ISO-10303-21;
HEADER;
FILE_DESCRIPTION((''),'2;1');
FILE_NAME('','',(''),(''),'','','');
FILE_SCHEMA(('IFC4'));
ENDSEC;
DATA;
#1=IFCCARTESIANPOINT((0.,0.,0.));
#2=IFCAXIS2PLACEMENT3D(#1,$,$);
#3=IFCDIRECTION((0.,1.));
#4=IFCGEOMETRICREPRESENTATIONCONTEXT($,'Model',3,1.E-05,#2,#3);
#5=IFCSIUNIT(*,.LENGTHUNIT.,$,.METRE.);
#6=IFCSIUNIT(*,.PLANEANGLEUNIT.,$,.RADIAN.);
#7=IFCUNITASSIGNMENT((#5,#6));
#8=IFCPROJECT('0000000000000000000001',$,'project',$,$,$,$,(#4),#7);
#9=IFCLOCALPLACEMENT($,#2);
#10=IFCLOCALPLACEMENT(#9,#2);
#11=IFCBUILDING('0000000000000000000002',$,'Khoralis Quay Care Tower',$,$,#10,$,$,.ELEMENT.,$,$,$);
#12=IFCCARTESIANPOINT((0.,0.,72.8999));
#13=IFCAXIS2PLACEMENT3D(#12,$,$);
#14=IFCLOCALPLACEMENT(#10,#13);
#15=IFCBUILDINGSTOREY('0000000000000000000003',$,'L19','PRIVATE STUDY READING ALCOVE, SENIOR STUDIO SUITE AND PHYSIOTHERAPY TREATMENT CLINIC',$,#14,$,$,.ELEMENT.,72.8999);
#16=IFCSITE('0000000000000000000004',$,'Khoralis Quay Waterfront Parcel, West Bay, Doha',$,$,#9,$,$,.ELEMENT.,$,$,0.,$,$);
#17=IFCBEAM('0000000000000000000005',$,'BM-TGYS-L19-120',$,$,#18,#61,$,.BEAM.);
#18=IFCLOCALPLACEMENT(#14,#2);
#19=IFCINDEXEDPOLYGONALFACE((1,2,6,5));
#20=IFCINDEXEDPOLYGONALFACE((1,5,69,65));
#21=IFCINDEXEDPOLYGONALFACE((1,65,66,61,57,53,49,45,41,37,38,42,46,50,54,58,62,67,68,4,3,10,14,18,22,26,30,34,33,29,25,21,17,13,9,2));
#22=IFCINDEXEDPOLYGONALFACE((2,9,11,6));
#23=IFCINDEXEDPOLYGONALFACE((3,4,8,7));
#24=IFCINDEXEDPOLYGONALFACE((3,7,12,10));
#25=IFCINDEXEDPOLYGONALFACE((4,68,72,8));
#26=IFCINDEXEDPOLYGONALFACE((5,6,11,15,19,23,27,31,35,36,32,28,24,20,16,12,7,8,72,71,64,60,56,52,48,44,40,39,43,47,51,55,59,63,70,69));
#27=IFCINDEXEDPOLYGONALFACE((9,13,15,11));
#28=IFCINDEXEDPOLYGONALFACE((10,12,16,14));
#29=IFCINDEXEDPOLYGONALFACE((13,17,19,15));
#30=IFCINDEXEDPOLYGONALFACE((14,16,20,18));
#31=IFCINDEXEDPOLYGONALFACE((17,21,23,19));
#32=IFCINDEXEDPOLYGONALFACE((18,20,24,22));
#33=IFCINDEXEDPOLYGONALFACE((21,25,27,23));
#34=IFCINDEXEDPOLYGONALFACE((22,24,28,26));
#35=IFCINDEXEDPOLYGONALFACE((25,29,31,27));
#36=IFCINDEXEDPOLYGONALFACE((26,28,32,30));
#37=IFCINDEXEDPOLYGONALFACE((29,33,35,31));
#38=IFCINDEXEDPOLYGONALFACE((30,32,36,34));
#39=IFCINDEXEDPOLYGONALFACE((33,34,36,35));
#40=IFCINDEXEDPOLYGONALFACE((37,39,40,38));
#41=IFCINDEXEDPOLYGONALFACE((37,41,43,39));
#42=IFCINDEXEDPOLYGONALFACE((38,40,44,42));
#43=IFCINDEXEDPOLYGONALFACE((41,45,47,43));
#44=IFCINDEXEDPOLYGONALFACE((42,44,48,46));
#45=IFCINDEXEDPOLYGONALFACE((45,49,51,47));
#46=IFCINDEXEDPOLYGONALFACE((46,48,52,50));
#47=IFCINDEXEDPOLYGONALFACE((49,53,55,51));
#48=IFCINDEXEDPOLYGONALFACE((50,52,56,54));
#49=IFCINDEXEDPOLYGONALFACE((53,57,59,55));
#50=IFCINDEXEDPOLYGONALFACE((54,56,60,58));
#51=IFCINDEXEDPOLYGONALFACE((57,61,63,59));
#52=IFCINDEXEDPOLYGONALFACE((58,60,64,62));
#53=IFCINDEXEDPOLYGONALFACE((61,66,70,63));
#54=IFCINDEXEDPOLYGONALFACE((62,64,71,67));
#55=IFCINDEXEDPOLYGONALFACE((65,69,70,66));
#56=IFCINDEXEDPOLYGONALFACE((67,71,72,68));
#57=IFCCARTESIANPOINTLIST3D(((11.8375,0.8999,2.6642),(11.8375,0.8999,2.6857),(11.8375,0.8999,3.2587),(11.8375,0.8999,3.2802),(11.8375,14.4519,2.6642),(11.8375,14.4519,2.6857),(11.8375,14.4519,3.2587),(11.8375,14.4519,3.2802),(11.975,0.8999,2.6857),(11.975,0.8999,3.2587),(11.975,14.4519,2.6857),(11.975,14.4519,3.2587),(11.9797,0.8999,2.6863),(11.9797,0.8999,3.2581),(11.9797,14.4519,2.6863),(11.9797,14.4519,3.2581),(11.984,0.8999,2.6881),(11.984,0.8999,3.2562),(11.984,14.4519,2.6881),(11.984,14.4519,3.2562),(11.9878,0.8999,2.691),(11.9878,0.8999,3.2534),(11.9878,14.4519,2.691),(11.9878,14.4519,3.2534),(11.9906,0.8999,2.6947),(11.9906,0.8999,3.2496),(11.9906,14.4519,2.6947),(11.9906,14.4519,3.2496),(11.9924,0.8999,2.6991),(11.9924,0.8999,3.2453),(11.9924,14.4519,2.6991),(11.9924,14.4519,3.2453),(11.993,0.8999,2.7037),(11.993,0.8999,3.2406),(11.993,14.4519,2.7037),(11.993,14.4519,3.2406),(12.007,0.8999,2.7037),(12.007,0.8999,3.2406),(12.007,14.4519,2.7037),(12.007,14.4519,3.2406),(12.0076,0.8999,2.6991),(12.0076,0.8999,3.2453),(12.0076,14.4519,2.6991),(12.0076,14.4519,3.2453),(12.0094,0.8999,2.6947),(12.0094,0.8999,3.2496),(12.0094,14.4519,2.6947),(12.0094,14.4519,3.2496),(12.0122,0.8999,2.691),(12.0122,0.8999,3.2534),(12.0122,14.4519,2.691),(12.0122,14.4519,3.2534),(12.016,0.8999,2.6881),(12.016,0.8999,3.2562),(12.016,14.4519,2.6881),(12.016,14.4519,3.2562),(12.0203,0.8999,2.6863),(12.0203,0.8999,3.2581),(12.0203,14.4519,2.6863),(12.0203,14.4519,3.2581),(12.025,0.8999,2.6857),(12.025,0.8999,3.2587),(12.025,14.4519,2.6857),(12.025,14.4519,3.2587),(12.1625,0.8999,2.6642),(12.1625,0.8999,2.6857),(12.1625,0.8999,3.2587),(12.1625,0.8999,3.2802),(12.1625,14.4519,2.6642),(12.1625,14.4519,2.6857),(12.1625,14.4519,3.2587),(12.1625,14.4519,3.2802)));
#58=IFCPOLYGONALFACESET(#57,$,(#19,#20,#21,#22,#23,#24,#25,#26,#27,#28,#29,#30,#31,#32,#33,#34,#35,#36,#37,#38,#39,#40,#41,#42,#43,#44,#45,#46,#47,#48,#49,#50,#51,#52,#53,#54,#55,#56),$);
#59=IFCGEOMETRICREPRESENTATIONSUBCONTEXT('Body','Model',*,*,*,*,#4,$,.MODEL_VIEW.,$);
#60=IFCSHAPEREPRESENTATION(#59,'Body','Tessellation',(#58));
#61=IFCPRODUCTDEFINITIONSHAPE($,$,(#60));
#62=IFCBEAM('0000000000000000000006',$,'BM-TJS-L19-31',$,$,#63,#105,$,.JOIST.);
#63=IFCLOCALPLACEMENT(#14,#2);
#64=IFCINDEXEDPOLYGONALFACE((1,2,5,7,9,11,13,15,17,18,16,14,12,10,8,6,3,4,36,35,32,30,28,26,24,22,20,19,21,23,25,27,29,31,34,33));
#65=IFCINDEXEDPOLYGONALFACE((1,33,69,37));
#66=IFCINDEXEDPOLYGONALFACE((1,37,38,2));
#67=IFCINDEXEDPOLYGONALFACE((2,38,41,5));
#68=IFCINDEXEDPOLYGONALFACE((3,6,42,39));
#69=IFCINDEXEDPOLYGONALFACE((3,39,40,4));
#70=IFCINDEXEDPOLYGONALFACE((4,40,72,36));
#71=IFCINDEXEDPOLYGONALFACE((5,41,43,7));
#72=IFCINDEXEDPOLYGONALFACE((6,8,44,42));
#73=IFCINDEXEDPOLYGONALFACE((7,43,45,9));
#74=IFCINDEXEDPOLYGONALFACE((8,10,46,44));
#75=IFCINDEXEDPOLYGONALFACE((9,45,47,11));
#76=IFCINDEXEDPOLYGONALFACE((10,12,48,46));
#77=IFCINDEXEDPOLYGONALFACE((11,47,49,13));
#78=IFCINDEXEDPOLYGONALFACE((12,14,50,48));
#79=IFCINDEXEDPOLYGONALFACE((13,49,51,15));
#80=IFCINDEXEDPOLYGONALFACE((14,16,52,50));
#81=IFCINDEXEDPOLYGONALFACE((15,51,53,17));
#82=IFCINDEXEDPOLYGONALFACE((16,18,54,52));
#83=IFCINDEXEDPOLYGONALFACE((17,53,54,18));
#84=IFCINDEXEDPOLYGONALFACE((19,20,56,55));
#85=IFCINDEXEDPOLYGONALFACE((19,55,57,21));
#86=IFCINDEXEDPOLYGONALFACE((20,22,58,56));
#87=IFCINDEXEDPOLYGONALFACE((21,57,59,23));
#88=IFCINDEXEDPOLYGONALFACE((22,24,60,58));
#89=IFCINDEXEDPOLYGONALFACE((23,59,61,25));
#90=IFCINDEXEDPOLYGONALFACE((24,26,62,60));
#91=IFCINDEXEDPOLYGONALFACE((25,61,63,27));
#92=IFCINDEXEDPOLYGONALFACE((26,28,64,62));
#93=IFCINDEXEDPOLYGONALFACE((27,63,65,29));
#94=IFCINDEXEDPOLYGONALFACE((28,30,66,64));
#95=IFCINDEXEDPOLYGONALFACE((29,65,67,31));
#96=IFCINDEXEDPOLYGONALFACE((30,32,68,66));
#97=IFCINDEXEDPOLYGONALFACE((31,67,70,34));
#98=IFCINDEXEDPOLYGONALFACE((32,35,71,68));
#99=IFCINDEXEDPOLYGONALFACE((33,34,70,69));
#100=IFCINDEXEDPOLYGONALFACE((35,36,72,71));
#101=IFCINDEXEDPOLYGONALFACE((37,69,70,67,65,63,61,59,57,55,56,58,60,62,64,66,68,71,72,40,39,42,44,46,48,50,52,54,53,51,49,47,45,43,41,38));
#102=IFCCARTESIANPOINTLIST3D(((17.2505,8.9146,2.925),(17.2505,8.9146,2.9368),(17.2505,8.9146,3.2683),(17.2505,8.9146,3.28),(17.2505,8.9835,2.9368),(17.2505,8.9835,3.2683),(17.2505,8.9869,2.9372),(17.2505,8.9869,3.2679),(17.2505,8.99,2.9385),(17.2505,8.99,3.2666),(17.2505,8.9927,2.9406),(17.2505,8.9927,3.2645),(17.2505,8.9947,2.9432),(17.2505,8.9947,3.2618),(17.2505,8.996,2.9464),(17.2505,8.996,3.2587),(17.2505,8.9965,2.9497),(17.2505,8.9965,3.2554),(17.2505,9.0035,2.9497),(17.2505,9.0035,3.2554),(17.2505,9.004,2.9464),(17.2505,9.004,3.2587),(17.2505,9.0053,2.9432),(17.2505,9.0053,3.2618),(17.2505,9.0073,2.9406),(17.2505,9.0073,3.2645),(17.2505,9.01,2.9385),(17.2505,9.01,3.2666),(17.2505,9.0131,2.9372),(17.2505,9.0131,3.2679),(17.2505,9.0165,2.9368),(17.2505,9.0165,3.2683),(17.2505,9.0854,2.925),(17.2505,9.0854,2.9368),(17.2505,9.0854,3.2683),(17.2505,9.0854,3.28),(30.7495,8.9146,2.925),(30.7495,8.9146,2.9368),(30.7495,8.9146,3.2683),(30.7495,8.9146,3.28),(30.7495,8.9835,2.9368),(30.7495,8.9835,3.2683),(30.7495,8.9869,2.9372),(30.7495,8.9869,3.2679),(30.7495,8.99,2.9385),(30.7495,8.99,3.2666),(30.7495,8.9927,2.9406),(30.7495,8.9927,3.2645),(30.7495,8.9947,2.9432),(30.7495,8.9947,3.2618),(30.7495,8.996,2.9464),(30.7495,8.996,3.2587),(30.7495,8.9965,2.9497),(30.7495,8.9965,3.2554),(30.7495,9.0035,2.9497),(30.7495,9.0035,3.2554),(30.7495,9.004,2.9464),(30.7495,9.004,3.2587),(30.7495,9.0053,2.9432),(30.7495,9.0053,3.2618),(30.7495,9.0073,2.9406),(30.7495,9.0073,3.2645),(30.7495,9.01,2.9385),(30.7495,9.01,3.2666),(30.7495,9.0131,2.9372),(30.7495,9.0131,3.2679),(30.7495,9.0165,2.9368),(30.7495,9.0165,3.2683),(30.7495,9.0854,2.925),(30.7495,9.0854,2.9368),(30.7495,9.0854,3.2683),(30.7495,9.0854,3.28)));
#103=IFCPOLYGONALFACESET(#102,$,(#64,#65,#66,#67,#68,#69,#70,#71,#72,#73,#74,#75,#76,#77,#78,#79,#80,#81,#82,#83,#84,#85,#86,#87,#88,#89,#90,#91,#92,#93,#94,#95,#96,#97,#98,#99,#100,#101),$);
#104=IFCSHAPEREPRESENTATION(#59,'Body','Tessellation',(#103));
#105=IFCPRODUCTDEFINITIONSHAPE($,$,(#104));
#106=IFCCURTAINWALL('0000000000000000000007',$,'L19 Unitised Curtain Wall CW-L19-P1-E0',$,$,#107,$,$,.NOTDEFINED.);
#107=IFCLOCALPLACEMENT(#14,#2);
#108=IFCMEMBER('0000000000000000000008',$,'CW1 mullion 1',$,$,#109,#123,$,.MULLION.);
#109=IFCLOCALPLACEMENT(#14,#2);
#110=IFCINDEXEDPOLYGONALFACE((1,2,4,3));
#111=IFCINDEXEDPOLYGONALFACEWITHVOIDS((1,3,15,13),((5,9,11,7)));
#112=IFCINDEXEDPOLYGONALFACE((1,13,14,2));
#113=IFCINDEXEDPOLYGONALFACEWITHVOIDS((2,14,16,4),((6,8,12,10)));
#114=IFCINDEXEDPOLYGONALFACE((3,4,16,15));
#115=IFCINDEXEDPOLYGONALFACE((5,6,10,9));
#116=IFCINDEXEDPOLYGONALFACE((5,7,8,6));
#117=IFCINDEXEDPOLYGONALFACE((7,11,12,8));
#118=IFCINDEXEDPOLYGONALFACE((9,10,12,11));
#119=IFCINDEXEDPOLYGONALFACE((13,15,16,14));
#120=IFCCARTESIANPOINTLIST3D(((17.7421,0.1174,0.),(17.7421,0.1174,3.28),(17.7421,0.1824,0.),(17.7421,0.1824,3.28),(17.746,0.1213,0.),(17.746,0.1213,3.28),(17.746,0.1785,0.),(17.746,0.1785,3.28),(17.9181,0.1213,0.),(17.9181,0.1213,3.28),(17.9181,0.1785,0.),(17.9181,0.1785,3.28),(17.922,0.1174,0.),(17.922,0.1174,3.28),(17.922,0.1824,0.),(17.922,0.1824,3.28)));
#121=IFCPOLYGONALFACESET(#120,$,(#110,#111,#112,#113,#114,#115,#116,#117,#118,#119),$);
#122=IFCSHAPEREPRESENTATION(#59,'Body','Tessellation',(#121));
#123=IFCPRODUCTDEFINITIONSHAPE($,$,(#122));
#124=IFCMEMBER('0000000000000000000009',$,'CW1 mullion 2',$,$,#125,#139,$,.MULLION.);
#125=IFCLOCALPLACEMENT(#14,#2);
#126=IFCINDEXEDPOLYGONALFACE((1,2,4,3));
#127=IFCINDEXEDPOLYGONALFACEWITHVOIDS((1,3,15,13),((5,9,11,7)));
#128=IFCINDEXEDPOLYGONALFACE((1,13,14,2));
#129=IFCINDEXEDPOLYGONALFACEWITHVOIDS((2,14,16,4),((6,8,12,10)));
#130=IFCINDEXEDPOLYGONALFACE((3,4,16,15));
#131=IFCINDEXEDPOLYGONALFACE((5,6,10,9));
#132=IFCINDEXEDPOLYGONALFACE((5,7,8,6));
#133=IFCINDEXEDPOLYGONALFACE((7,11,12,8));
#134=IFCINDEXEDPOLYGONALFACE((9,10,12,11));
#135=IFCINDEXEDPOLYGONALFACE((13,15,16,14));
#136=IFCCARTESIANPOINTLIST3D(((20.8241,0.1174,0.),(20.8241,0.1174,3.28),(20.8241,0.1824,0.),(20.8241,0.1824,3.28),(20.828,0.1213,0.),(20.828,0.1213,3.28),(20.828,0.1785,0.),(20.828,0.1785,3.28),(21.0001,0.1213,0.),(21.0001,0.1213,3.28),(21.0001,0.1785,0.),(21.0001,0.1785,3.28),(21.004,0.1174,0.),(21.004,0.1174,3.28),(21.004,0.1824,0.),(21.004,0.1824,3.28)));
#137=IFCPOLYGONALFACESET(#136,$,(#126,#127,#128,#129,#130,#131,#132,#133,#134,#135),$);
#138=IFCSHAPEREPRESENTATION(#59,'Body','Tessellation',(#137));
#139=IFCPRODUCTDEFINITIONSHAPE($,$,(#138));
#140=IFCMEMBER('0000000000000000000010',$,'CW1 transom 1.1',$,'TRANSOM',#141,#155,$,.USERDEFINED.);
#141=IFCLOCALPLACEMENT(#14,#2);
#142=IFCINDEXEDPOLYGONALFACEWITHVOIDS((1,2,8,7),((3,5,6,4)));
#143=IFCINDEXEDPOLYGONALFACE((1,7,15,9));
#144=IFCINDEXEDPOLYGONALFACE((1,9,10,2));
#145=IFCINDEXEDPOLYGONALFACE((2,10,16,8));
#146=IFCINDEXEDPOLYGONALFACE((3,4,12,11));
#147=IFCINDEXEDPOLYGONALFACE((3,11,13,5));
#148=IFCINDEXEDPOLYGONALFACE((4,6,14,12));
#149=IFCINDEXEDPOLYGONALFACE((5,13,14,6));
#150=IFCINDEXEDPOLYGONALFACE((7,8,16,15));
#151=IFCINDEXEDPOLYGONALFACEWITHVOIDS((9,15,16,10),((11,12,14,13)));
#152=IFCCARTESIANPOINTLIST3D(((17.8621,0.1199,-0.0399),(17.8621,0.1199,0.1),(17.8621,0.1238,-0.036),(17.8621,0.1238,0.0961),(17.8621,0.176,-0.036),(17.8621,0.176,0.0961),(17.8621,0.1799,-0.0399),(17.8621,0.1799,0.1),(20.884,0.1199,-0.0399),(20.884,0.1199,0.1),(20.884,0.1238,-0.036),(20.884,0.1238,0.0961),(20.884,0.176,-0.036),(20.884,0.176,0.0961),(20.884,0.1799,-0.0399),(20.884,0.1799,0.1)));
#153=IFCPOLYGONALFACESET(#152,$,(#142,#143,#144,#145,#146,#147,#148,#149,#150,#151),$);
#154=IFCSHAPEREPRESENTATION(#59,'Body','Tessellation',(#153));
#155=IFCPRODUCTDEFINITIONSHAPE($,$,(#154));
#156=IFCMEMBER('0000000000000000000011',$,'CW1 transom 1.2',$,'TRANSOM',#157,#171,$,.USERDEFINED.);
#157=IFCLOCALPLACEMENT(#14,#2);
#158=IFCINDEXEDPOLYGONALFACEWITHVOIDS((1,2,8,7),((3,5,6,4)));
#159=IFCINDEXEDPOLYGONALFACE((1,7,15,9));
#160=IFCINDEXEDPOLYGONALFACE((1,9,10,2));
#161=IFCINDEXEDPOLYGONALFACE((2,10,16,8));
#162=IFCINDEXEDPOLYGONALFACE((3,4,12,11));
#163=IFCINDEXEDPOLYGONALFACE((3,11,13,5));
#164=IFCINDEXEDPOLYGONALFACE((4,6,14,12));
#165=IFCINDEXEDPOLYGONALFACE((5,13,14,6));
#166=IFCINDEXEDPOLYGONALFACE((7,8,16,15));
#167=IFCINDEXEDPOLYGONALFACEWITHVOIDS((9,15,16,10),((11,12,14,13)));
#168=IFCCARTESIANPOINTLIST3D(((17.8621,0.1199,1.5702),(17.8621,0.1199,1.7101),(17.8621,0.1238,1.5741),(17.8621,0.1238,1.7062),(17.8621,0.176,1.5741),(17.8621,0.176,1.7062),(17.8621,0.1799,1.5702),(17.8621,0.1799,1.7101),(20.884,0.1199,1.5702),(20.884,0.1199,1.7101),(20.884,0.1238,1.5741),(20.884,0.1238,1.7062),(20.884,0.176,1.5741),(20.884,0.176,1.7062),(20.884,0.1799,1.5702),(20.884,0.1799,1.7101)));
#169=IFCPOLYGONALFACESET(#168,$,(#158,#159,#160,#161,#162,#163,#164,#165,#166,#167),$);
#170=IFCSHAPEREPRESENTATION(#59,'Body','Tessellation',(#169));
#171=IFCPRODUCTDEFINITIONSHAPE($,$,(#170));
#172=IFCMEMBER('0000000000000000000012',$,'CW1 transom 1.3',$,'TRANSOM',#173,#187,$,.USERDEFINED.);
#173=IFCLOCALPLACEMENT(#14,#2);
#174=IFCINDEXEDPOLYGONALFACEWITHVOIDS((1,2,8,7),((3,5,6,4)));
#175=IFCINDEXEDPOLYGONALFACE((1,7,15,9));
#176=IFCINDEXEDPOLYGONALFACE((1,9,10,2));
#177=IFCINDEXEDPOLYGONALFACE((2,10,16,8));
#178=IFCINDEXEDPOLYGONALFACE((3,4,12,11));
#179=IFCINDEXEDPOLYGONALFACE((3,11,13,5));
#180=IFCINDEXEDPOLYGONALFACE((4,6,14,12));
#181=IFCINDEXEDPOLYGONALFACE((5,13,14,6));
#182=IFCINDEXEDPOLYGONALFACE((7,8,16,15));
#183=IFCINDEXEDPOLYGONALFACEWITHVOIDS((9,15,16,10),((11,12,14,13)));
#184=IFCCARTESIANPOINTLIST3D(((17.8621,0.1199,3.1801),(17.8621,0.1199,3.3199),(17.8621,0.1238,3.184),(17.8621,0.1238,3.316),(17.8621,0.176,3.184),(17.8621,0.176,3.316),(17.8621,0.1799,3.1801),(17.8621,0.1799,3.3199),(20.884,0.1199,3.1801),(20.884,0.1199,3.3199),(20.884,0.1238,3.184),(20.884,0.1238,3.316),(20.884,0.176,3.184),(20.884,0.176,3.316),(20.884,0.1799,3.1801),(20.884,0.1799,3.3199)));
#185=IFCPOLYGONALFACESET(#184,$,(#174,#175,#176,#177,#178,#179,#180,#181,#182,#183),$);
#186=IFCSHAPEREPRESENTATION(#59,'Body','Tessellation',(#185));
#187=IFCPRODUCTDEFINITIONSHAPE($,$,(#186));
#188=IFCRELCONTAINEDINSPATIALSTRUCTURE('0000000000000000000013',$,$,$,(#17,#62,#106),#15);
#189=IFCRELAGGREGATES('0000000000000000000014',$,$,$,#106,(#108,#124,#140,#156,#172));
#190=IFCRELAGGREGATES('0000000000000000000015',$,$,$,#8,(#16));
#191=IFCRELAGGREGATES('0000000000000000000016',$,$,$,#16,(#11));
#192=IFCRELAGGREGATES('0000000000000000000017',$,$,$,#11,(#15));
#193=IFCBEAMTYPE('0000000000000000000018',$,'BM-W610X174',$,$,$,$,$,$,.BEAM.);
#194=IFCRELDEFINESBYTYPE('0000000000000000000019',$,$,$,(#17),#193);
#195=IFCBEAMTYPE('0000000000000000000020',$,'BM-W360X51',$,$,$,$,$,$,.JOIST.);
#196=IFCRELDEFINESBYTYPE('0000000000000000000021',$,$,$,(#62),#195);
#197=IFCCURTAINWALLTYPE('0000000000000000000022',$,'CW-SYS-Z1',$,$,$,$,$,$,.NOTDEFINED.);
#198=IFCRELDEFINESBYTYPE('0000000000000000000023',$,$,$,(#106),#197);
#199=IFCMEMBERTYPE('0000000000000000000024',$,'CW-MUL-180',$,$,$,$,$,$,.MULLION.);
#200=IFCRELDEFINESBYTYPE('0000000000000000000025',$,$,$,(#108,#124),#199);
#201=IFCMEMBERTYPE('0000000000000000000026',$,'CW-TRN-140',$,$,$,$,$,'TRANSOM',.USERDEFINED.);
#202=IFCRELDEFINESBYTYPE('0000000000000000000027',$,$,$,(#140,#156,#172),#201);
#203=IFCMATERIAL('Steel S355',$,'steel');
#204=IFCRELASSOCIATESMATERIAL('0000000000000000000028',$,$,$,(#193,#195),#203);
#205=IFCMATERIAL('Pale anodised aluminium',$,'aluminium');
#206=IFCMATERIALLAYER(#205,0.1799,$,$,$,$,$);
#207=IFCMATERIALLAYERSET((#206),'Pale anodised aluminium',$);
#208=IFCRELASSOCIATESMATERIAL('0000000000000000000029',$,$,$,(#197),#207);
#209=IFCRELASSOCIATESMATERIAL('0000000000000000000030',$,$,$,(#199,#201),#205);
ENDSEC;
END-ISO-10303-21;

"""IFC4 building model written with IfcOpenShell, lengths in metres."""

from ifc_helpers import new_model, si_unit, direction, frame, origin, origin_2d, place, context, subcontext, project, spatial, hollow_rectangle, i_section, extrude, source, transform, mapped, material, layer, layer_set, material_profile, profile_set, type_object, element, aggregate, save


model = new_model("IFC4")

# Units and contexts
model_context = context("Model", 3, precision=1e-05, world=origin(), true_north=direction((0.0, 1.0)))
body_context = subcontext(model_context, "Body", "Model", "MODEL_VIEW")
ifc_project = project(units=[si_unit("LENGTHUNIT", "METRE"), si_unit("PLANEANGLEUNIT", "RADIAN")], contexts=[model_context])

# Site, building, storey
site_placement = place(None, origin())
site = spatial("IfcSite", under=ifc_project, at=site_placement, Name="Khoralis Quay Waterfront Parcel, West Bay, Doha", CompositionType="ELEMENT", RefElevation=0.0)
building_placement = place(site_placement, origin())
building = spatial("IfcBuilding", under=site, at=building_placement, Name="Khoralis Quay Care Tower", CompositionType="ELEMENT")
storey_placement = place(building_placement, frame((0.0, 0.0, 72.8999)))
storey = spatial("IfcBuildingStorey", under=building, at=storey_placement, Name="L19", Description="PRIVATE STUDY READING ALCOVE, SENIOR STUDIO SUITE AND PHYSIOTHERAPY TREATMENT CLINIC", CompositionType="ELEMENT", Elevation=72.8999)

# Beams
ifc_material_1 = material(Name="Steel S355", Category="steel")
ifc_material_profile_1 = material_profile(ifc_material_1, i_section(OverallWidth=0.325, OverallDepth=0.616, WebThickness=0.0139, FlangeThickness=0.0215, FilletRadius=0.0181, at=origin_2d()), Name="Steel S355")
ifc_profile_set_1 = profile_set([ifc_material_profile_1], Name="Steel S355")
beam_type_1 = type_object("IfcBeamType", Name="BM-W610X174", PredefinedType="BEAM", material=ifc_profile_set_1)
shared_shape_1 = source(origin(), body_context, "Body", "SweptSolid", [
    extrude(i_section(OverallWidth=0.325, OverallDepth=0.616, WebThickness=0.0139, FlangeThickness=0.0215, FilletRadius=0.0181, at=origin_2d()), origin(), (0.0, 0.0, 1.0), 13.552),
])
beam_1_placement = place(storey_placement, frame((12.0, 0.8999, 2.9722), z_axis=(0.0, 1.0, 0.0), x_axis=(-1.0, 0.0, 0.0)))
element("IfcBeam", 1, at=beam_1_placement, inside=storey, type_object=beam_type_1, Name="BM-TGYS-L19-120", PredefinedType="BEAM", context=body_context, shape_type="MappedRepresentation", body=[
    mapped(shared_shape_1, transform((0.0, 0.0, 0.0), scale=1.0)),
])
ifc_material_profile_2 = material_profile(ifc_material_1, i_section(OverallWidth=0.1709, OverallDepth=0.355, WebThickness=0.0071, FlangeThickness=0.0117, FilletRadius=0.0129, at=origin_2d()), Name="Steel S355")
ifc_profile_set_2 = profile_set([ifc_material_profile_2], Name="Steel S355")
beam_type_2 = type_object("IfcBeamType", Name="BM-W360X51", PredefinedType="JOIST", material=ifc_profile_set_2)
shared_shape_2 = source(origin(), body_context, "Body", "SweptSolid", [
    extrude(i_section(OverallWidth=0.1709, OverallDepth=0.355, WebThickness=0.0071, FlangeThickness=0.0117, FilletRadius=0.0129, at=origin_2d()), origin(), (0.0, 0.0, 1.0), 13.499),
])
beam_2_placement = place(storey_placement, frame((17.2505, 9.0, 3.1025), z_axis=(1.0, 0.0, 0.0), x_axis=(0.0, 1.0, 0.0)))
element("IfcBeam", 2, at=beam_2_placement, inside=storey, type_object=beam_type_2, Name="BM-TJS-L19-31", PredefinedType="JOIST", context=body_context, shape_type="MappedRepresentation", body=[
    mapped(shared_shape_2, transform((0.0, 0.0, 0.0), scale=1.0)),
])

# Curtain wall, members
ifc_material_2 = material(Name="Pale anodised aluminium", Category="aluminium")
ifc_layer_1 = layer(ifc_material_2, 0.1799)
ifc_layer_set_1 = layer_set([ifc_layer_1], Name="Pale anodised aluminium")
curtain_wall_type = type_object("IfcCurtainWallType", Name="CW-SYS-Z1", PredefinedType="NOTDEFINED", material=ifc_layer_set_1)
curtain_wall_placement = place(storey_placement, origin())
curtain_wall = element("IfcCurtainWall", 3, at=curtain_wall_placement, inside=storey, type_object=curtain_wall_type, Name="L19 Unitised Curtain Wall CW-L19-P1-E0", PredefinedType="NOTDEFINED")
ifc_material_profile_3 = material_profile(ifc_material_2, hollow_rectangle(XDim=0.0649, YDim=0.1799, WallThickness=0.0039, at=origin_2d()), Name="Pale anodised aluminium")
ifc_profile_set_3 = profile_set([ifc_material_profile_3], Name="Pale anodised aluminium")
member_type_1 = type_object("IfcMemberType", Name="CW-MUL-180", PredefinedType="MULLION", material=ifc_profile_set_3)
shared_shape_3 = source(origin(), body_context, "Body", "SweptSolid", [
    extrude(hollow_rectangle(XDim=0.0649, YDim=0.1799, WallThickness=0.0039, at=origin_2d()), origin(), (0.0, 0.0, 1.0), 3.28),
])
member_1_placement = place(storey_placement, frame((17.832, 0.1499, 0.0), z_axis=(0.0, 0.0, 1.0), x_axis=(0.0, 1.0, 0.0)))
member_1 = element("IfcMember", 4, at=member_1_placement, type_object=member_type_1, Name="CW1 mullion 1", PredefinedType="MULLION", context=body_context, shape_type="MappedRepresentation", body=[
    mapped(shared_shape_3, transform((0.0, 0.0, 0.0), scale=1.0)),
])
member_2_placement = place(storey_placement, frame((20.9141, 0.1499, 0.0), z_axis=(0.0, 0.0, 1.0), x_axis=(0.0, 1.0, 0.0)))
member_2 = element("IfcMember", 5, at=member_2_placement, type_object=member_type_1, Name="CW1 mullion 2", PredefinedType="MULLION", context=body_context, shape_type="MappedRepresentation", body=[
    mapped(shared_shape_3, transform((0.0, 0.0, 0.0), scale=1.0)),
])
ifc_material_profile_4 = material_profile(ifc_material_2, hollow_rectangle(XDim=0.0601, YDim=0.1399, WallThickness=0.0039, at=origin_2d()), Name="Pale anodised aluminium")
ifc_profile_set_4 = profile_set([ifc_material_profile_4], Name="Pale anodised aluminium")
member_type_2 = type_object("IfcMemberType", Name="CW-TRN-140", ElementType="TRANSOM", PredefinedType="USERDEFINED", material=ifc_profile_set_4)
shared_shape_4 = source(origin(), body_context, "Body", "SweptSolid", [
    extrude(hollow_rectangle(XDim=0.0601, YDim=0.1399, WallThickness=0.0039, at=origin_2d()), origin(), (0.0, 0.0, 1.0), 3.022),
])
member_3_placement = place(storey_placement, frame((17.8621, 0.1499, 0.03), z_axis=(1.0, 0.0, 0.0), x_axis=(0.0, 1.0, 0.0)))
member_3 = element("IfcMember", 6, at=member_3_placement, type_object=member_type_2, Name="CW1 transom 1.1", ObjectType="TRANSOM", PredefinedType="USERDEFINED", context=body_context, shape_type="MappedRepresentation", body=[
    mapped(shared_shape_4, transform((0.0, 0.0, 0.0), scale=1.0)),
])
member_4_placement = place(storey_placement, frame((17.8621, 0.1499, 1.6401), z_axis=(1.0, 0.0, 0.0), x_axis=(0.0, 1.0, 0.0)))
member_4 = element("IfcMember", 7, at=member_4_placement, type_object=member_type_2, Name="CW1 transom 1.2", ObjectType="TRANSOM", PredefinedType="USERDEFINED", context=body_context, shape_type="MappedRepresentation", body=[
    mapped(shared_shape_4, transform((0.0, 0.0, 0.0), scale=1.0)),
])
member_5_placement = place(storey_placement, frame((17.8621, 0.1499, 3.25), z_axis=(1.0, 0.0, 0.0), x_axis=(0.0, 1.0, 0.0)))
member_5 = element("IfcMember", 8, at=member_5_placement, type_object=member_type_2, Name="CW1 transom 1.3", ObjectType="TRANSOM", PredefinedType="USERDEFINED", context=body_context, shape_type="MappedRepresentation", body=[
    mapped(shared_shape_4, transform((0.0, 0.0, 0.0), scale=1.0)),
])
aggregate(curtain_wall, [member_1, member_2, member_3, member_4, member_5])

save(model, "model.ifc")
